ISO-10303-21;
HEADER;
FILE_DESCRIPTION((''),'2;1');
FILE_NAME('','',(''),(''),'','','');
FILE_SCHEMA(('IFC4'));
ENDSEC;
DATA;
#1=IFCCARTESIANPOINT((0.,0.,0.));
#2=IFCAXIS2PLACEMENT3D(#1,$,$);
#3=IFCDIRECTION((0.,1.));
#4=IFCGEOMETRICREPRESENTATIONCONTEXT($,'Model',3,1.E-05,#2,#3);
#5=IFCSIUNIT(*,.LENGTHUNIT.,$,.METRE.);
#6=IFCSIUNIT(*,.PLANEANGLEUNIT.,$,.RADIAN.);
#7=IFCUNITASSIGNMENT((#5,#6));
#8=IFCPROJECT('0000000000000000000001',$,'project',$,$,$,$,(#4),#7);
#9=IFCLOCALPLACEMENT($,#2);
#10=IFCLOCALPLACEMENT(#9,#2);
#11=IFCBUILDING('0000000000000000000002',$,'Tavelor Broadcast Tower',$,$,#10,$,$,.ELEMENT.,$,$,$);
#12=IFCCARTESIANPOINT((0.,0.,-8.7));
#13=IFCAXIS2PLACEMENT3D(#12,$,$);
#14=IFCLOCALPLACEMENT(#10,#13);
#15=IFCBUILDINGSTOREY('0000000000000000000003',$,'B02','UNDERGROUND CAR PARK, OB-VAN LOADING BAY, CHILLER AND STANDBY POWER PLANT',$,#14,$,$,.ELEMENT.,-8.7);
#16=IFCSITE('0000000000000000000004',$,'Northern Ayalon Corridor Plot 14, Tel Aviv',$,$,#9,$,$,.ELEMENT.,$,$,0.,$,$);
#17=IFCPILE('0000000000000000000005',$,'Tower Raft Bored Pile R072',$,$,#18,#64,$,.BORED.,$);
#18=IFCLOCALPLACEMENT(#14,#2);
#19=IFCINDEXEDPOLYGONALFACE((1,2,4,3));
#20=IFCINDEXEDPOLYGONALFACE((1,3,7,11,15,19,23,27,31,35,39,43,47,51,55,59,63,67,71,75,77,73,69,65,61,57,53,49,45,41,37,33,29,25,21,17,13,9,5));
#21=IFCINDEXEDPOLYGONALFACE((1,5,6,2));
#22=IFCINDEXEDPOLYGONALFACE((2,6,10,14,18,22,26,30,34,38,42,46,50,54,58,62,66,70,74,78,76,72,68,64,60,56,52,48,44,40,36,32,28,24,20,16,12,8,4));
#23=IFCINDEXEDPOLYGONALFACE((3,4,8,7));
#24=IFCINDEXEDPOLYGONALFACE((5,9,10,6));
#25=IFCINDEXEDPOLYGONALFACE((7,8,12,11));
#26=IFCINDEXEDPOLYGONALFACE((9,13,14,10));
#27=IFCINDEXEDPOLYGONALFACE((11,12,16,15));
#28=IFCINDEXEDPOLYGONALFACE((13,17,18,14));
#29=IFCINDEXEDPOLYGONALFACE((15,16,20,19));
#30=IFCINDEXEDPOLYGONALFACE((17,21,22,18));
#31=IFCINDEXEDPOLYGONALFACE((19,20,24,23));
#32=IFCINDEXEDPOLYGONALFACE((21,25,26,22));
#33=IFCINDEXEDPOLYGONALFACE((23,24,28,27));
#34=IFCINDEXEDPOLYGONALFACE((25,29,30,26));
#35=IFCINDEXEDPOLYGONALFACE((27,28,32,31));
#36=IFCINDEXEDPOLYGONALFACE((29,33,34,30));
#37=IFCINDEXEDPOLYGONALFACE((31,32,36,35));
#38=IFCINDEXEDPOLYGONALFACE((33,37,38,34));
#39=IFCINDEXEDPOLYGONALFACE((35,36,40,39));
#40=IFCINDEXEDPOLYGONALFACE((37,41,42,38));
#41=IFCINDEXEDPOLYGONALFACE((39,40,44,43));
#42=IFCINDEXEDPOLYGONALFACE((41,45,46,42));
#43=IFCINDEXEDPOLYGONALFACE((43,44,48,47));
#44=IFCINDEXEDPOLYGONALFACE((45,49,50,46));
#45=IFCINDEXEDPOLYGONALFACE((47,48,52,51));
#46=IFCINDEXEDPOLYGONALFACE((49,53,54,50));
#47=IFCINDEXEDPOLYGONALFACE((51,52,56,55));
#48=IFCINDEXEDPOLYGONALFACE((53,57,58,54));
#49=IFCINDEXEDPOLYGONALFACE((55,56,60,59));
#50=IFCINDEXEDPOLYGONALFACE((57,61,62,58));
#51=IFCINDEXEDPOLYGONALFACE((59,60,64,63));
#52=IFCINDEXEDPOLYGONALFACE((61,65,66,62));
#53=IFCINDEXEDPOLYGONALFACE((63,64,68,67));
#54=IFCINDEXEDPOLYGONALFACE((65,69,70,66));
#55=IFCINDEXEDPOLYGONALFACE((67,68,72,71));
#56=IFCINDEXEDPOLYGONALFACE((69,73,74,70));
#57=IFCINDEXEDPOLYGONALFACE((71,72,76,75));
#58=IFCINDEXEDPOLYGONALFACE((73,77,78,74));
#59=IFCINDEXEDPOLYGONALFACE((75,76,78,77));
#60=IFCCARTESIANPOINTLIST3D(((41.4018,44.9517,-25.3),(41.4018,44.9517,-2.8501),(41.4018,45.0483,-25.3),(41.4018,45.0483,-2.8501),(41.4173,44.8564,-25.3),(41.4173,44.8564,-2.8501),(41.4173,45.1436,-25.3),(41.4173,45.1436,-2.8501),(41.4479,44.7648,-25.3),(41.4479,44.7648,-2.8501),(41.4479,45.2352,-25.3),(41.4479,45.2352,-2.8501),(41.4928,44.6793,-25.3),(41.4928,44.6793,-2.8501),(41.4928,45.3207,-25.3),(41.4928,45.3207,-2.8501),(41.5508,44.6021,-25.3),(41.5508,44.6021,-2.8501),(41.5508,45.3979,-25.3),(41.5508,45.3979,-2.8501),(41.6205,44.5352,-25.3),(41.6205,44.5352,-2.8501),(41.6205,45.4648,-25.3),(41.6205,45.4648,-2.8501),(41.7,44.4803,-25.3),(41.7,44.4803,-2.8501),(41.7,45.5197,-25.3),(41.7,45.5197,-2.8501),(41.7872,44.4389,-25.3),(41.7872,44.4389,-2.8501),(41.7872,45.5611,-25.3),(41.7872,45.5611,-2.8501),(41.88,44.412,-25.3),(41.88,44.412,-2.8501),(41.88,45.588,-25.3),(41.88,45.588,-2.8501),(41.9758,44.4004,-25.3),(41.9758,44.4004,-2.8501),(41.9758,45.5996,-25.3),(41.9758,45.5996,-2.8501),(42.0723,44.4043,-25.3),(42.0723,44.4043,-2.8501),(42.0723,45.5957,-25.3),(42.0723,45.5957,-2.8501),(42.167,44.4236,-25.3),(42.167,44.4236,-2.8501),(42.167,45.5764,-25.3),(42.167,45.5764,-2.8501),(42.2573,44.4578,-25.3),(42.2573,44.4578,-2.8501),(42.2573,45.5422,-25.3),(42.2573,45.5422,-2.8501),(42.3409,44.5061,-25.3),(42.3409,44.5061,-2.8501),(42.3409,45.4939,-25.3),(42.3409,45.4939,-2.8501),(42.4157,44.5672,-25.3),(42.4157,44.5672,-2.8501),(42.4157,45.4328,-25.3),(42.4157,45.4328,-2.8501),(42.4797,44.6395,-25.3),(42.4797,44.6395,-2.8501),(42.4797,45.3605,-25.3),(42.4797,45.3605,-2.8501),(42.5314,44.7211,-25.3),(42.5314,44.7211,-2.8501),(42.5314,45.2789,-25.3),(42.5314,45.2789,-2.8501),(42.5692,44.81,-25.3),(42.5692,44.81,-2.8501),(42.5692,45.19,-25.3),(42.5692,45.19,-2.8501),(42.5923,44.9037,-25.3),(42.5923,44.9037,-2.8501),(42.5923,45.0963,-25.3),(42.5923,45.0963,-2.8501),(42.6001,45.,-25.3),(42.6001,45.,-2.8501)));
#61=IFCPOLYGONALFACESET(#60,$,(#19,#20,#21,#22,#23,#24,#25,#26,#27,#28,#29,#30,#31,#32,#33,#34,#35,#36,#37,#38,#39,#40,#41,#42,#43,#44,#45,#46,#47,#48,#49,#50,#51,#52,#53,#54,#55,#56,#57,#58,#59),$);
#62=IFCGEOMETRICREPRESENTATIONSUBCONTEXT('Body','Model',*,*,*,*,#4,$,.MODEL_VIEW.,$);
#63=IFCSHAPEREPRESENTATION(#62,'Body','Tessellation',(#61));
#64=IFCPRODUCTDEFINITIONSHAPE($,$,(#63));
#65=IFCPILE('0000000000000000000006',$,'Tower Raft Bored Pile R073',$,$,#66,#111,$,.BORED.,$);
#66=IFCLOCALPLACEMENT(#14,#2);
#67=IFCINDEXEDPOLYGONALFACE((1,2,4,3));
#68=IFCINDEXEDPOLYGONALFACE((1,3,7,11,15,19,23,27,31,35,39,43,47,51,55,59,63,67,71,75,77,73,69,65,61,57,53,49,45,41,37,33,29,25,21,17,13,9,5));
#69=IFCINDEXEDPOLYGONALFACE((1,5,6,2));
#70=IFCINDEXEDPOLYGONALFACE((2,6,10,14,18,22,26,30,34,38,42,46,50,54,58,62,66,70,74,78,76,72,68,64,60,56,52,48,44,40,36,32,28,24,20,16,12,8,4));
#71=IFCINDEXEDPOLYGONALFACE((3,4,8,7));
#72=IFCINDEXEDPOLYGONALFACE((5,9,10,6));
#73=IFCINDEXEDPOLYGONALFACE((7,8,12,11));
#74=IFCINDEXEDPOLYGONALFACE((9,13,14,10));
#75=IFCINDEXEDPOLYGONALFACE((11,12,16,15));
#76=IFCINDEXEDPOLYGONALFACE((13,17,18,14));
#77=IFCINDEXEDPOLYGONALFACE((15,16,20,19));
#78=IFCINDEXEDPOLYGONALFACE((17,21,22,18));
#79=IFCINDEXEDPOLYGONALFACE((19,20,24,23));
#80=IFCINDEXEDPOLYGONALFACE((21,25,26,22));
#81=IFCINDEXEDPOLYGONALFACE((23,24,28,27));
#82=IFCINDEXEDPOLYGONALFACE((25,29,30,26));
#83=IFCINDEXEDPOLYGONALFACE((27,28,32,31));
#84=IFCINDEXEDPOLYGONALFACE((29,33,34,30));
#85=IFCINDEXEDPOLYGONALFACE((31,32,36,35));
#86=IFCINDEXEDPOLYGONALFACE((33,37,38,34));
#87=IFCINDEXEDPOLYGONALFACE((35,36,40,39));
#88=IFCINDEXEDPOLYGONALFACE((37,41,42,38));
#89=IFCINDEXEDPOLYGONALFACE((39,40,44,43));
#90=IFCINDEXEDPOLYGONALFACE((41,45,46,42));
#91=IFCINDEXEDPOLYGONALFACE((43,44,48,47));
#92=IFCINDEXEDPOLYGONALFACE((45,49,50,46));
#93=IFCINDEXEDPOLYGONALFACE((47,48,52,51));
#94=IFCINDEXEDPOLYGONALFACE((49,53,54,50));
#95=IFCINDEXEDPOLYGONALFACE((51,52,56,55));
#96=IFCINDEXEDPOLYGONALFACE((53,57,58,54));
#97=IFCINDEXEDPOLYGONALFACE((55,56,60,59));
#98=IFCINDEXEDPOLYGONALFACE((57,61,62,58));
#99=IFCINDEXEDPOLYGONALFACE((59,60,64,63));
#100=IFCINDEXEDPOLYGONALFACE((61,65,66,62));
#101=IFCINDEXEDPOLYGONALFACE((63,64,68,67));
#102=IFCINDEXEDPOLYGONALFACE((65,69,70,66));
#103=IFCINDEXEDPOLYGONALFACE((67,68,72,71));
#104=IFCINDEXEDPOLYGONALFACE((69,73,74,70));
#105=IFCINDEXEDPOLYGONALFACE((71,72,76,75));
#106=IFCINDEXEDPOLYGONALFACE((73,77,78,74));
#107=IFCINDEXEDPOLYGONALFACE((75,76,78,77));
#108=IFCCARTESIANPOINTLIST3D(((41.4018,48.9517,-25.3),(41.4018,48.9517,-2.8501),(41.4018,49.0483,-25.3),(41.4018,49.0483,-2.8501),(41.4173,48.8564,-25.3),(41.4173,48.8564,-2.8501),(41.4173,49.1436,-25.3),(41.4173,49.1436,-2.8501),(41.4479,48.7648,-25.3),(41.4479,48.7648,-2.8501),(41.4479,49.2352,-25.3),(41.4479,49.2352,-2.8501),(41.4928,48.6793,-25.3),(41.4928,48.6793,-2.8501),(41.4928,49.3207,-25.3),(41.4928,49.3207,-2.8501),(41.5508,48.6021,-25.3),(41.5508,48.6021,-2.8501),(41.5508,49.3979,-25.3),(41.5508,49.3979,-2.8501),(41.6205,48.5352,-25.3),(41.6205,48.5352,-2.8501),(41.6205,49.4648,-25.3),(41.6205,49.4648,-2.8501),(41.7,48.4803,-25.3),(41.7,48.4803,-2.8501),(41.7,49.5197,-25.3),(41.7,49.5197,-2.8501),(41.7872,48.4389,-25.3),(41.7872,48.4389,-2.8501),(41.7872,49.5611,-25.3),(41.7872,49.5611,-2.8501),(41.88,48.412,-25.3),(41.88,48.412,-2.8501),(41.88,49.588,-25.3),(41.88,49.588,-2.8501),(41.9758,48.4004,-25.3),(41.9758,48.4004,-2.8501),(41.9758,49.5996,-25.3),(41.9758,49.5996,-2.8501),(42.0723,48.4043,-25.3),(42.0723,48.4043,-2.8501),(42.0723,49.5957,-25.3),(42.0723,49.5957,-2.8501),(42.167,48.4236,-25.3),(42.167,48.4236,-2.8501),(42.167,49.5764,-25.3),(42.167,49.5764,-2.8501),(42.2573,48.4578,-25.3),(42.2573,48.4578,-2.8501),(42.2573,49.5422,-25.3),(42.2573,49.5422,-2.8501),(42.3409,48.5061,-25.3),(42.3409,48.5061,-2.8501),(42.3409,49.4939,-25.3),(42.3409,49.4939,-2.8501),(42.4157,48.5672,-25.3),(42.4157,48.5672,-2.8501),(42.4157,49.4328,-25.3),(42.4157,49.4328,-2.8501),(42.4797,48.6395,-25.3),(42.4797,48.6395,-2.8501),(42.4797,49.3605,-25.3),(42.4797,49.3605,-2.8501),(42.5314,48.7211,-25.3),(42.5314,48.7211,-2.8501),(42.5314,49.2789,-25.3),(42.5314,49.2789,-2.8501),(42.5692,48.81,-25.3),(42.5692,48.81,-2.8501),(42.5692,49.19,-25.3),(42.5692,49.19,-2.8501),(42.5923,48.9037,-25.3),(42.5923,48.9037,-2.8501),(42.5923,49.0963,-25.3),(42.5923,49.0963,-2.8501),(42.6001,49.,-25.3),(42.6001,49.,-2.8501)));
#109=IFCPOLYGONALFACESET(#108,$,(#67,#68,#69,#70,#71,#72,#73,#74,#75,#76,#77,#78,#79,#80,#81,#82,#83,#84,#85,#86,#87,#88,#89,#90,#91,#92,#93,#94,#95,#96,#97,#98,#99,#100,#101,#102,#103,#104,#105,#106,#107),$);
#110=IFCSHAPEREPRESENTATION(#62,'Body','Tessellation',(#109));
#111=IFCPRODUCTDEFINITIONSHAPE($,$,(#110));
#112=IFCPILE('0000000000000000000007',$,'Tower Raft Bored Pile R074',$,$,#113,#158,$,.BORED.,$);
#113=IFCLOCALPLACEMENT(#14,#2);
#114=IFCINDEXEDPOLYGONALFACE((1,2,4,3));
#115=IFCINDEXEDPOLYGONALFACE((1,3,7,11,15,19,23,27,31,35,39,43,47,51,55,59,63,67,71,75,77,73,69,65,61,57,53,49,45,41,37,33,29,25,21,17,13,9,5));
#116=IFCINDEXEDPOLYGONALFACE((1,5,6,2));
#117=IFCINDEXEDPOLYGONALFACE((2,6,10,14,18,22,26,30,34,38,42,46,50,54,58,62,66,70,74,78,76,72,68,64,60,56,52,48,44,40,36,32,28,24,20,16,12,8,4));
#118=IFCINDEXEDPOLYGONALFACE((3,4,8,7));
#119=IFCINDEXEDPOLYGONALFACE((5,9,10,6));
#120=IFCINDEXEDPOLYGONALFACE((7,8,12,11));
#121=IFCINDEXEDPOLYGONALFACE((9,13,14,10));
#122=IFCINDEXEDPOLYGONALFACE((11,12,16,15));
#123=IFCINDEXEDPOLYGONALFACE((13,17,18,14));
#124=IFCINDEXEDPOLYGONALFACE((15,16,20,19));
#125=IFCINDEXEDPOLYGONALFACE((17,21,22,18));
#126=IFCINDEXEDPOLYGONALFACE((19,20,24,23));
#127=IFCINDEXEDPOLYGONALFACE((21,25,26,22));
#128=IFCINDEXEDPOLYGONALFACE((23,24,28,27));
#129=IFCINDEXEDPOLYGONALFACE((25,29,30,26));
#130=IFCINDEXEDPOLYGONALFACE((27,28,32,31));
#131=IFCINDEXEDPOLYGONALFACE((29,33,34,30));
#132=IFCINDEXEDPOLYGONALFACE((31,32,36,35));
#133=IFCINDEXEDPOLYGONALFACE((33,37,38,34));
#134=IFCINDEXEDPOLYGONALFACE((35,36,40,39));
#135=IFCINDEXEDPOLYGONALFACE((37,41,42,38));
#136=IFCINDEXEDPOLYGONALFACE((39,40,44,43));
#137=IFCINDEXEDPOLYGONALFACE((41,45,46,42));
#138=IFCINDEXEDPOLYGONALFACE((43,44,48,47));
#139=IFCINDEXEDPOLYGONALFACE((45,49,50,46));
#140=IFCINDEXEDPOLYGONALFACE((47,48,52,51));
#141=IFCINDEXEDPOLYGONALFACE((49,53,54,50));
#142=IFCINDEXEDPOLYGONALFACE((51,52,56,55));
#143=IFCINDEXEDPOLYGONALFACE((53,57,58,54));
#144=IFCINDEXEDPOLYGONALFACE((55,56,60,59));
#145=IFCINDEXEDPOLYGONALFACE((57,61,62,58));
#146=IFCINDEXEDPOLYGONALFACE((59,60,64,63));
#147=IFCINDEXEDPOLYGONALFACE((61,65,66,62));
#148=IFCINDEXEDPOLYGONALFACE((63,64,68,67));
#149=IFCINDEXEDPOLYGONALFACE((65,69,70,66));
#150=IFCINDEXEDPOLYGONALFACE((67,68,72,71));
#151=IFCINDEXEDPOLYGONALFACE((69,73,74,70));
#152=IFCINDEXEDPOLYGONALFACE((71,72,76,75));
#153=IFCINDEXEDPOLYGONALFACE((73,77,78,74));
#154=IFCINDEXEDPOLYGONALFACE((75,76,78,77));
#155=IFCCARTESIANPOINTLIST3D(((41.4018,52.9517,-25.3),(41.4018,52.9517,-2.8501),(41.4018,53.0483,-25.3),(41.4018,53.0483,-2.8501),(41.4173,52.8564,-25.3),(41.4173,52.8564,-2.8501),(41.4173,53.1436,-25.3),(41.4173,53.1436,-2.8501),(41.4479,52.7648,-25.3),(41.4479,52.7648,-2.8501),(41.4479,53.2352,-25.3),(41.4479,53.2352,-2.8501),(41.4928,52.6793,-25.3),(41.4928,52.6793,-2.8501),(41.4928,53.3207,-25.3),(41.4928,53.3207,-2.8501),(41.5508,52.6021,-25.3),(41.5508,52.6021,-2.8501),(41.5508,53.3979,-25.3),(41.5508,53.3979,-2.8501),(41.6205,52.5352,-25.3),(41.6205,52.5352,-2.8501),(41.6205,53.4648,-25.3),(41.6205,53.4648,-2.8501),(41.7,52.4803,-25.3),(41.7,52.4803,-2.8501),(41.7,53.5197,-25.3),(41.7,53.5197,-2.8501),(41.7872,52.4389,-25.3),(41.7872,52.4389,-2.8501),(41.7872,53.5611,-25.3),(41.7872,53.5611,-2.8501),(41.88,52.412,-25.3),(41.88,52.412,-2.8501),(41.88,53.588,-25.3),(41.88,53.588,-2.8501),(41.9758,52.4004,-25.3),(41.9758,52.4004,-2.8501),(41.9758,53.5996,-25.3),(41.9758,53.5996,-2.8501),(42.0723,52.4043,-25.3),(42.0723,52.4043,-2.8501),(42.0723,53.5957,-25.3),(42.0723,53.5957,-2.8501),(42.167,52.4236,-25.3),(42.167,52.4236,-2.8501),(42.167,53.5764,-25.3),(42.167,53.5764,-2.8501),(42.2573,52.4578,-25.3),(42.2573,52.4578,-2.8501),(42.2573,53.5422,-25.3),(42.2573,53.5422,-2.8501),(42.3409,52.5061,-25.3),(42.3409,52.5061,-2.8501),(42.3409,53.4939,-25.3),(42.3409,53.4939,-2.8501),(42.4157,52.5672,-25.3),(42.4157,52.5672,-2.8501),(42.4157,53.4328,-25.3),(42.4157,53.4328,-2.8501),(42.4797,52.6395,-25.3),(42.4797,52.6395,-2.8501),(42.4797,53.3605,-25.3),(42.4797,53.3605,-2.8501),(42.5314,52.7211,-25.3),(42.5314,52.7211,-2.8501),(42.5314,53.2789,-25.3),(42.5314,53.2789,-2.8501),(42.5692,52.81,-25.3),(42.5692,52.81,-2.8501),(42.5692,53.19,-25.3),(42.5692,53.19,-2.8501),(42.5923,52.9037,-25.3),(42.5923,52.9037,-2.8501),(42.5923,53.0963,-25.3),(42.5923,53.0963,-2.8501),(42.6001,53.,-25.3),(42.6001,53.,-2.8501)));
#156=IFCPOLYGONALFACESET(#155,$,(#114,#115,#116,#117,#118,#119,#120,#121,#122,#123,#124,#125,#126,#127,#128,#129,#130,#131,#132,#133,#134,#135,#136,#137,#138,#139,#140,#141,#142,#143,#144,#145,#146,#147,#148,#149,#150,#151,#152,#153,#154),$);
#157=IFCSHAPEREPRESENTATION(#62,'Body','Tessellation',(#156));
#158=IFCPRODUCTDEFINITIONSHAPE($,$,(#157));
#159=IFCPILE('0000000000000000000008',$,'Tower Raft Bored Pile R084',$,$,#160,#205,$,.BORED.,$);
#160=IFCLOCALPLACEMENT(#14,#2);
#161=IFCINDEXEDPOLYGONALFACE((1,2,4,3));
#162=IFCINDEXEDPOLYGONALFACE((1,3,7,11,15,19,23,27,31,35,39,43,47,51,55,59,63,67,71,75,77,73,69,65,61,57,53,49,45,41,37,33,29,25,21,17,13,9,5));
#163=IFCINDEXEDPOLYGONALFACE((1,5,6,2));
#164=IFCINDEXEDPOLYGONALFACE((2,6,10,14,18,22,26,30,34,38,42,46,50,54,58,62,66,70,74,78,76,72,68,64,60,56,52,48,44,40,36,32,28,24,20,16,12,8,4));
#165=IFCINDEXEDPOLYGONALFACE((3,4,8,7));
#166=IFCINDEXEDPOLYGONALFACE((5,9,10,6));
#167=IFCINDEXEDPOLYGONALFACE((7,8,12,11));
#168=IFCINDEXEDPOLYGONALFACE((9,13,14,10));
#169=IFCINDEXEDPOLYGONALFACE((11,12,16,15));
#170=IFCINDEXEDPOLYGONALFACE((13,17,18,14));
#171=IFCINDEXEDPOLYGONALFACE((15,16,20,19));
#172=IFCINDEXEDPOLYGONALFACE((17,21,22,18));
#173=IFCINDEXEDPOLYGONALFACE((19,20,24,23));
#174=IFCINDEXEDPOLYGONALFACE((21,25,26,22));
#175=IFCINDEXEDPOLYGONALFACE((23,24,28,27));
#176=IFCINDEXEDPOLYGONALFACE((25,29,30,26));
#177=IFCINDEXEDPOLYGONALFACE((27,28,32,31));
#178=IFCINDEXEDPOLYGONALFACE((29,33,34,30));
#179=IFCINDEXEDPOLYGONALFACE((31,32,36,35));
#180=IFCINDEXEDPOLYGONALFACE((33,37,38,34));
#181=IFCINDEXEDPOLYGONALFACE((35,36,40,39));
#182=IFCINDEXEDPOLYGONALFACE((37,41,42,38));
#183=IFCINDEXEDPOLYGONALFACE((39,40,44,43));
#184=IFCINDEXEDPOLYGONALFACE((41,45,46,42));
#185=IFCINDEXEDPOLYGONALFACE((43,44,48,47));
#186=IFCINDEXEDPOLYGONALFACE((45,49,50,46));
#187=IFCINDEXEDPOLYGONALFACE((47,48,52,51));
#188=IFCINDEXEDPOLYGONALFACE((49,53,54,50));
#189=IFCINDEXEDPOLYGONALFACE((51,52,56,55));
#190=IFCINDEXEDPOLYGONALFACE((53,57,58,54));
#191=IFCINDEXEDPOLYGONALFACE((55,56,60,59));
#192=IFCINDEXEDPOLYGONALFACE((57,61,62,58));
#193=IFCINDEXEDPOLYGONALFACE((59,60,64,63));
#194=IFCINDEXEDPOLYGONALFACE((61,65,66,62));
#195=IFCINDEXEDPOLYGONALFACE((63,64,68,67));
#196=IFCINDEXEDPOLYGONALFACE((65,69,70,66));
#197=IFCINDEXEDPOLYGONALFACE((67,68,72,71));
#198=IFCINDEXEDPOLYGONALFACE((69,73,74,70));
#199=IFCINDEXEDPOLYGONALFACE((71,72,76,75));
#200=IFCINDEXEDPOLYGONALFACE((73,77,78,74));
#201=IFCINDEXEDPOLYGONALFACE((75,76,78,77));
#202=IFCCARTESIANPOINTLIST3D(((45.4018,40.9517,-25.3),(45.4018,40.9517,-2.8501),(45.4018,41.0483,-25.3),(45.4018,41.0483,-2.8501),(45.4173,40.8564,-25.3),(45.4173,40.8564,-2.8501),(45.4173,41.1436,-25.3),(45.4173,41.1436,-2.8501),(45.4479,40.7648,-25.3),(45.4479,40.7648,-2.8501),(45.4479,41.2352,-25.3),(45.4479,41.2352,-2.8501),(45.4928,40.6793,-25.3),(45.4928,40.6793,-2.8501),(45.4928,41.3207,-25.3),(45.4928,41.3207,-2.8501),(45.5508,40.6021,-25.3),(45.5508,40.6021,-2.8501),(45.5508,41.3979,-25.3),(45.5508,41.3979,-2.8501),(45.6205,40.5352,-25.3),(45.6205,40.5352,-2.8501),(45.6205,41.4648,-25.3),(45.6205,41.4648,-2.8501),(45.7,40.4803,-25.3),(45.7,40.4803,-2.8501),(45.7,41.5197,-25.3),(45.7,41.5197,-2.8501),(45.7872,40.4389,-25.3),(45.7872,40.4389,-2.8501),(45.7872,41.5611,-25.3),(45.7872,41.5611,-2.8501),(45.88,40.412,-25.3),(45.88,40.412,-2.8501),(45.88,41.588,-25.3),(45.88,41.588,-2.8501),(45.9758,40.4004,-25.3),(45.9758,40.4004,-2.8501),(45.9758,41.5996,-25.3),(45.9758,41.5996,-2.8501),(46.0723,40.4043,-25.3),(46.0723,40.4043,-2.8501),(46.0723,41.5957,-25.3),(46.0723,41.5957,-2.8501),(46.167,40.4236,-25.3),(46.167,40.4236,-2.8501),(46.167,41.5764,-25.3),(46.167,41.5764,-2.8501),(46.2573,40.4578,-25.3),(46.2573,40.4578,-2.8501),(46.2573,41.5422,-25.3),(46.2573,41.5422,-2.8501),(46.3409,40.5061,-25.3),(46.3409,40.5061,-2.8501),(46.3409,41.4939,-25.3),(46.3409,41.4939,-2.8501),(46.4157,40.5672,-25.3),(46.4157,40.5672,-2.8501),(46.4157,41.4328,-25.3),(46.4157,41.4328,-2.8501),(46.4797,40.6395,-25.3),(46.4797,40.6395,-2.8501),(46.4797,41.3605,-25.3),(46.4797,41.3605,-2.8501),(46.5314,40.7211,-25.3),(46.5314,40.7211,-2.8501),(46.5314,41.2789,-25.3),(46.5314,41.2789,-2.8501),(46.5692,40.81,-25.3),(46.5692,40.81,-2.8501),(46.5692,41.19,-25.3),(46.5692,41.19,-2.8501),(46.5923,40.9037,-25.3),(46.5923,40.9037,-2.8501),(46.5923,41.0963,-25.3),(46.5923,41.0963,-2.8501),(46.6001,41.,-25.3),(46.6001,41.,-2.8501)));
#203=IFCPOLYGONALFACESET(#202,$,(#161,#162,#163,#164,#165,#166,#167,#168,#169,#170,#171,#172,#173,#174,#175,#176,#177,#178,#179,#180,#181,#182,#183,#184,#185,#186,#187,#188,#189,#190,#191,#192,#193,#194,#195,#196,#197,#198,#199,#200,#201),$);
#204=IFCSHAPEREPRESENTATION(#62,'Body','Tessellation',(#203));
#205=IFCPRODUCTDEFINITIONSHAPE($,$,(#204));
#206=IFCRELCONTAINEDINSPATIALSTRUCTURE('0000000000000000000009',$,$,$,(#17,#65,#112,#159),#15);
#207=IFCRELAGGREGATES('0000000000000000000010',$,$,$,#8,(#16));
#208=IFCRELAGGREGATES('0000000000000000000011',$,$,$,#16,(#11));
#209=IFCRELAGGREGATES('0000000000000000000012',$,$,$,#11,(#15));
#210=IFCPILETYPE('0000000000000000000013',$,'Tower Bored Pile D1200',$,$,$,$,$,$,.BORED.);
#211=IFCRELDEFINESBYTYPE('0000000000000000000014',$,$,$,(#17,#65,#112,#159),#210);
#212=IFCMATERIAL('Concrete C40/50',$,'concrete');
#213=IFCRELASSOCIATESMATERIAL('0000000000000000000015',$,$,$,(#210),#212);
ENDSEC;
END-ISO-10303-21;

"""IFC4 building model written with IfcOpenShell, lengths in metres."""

from ifc_helpers import new_model, si_unit, direction, frame, origin, origin_2d, place, context, subcontext, project, spatial, circle, extrude, material, material_profile, profile_set, type_object, element, save


model = new_model("IFC4")

# Units and contexts
model_context = context("Model", 3, precision=1e-05, world=origin(), true_north=direction((0.0, 1.0)))
body_context = subcontext(model_context, "Body", "Model", "MODEL_VIEW")
ifc_project = project(units=[si_unit("LENGTHUNIT", "METRE"), si_unit("PLANEANGLEUNIT", "RADIAN")], contexts=[model_context])

# Site, building, storey
site_placement = place(None, origin())
site = spatial("IfcSite", under=ifc_project, at=site_placement, Name="Northern Ayalon Corridor Plot 14, Tel Aviv", CompositionType="ELEMENT", RefElevation=0.0)
building_placement = place(site_placement, origin())
building = spatial("IfcBuilding", under=site, at=building_placement, Name="Tavelor Broadcast Tower", CompositionType="ELEMENT")
storey_placement = place(building_placement, frame((0.0, 0.0, -8.7)))
storey = spatial("IfcBuildingStorey", under=building, at=storey_placement, Name="B02", Description="UNDERGROUND CAR PARK, OB-VAN LOADING BAY, CHILLER AND STANDBY POWER PLANT", CompositionType="ELEMENT", Elevation=-8.7)

# Piles
ifc_material_1 = material(Name="Concrete C40/50", Category="concrete")
ifc_material_profile_1 = material_profile(ifc_material_1, circle(Radius=0.6001, at=origin_2d()), Name="PILE D1200")
ifc_profile_set_1 = profile_set([ifc_material_profile_1], Name="Concrete C40/50")
pile_type = type_object("IfcPileType", Name="Tower Bored Pile D1200", PredefinedType="BORED", material=ifc_profile_set_1)
for number, where, z_axis, x_axis, name in (
    (1, (42.0, 45.0, -2.8501), (0.0, 0.0, -1.0), (1.0, 0.0, 0.0), "Tower Raft Bored Pile R072"),
    (2, (42.0, 49.0, -2.8501), (0.0, 0.0, -1.0), (1.0, 0.0, 0.0), "Tower Raft Bored Pile R073"),
    (3, (42.0, 53.0, -2.8501), (0.0, 0.0, -1.0), (1.0, 0.0, 0.0), "Tower Raft Bored Pile R074"),
    (4, (46.0, 41.0, -2.8501), (0.0, 0.0, -1.0), (1.0, 0.0, 0.0), "Tower Raft Bored Pile R084"),
):
    element("IfcPile", number, at=place(storey_placement, frame(where, z_axis=z_axis, x_axis=x_axis)), inside=storey, type_object=pile_type, Name=name, PredefinedType="BORED", context=body_context, shape_type="SweptSolid", body=[
        extrude(circle(Radius=0.6001, at=origin_2d()), origin(), (0.0, 0.0, 1.0), 22.45),
    ])

save(model, "model.ifc")
